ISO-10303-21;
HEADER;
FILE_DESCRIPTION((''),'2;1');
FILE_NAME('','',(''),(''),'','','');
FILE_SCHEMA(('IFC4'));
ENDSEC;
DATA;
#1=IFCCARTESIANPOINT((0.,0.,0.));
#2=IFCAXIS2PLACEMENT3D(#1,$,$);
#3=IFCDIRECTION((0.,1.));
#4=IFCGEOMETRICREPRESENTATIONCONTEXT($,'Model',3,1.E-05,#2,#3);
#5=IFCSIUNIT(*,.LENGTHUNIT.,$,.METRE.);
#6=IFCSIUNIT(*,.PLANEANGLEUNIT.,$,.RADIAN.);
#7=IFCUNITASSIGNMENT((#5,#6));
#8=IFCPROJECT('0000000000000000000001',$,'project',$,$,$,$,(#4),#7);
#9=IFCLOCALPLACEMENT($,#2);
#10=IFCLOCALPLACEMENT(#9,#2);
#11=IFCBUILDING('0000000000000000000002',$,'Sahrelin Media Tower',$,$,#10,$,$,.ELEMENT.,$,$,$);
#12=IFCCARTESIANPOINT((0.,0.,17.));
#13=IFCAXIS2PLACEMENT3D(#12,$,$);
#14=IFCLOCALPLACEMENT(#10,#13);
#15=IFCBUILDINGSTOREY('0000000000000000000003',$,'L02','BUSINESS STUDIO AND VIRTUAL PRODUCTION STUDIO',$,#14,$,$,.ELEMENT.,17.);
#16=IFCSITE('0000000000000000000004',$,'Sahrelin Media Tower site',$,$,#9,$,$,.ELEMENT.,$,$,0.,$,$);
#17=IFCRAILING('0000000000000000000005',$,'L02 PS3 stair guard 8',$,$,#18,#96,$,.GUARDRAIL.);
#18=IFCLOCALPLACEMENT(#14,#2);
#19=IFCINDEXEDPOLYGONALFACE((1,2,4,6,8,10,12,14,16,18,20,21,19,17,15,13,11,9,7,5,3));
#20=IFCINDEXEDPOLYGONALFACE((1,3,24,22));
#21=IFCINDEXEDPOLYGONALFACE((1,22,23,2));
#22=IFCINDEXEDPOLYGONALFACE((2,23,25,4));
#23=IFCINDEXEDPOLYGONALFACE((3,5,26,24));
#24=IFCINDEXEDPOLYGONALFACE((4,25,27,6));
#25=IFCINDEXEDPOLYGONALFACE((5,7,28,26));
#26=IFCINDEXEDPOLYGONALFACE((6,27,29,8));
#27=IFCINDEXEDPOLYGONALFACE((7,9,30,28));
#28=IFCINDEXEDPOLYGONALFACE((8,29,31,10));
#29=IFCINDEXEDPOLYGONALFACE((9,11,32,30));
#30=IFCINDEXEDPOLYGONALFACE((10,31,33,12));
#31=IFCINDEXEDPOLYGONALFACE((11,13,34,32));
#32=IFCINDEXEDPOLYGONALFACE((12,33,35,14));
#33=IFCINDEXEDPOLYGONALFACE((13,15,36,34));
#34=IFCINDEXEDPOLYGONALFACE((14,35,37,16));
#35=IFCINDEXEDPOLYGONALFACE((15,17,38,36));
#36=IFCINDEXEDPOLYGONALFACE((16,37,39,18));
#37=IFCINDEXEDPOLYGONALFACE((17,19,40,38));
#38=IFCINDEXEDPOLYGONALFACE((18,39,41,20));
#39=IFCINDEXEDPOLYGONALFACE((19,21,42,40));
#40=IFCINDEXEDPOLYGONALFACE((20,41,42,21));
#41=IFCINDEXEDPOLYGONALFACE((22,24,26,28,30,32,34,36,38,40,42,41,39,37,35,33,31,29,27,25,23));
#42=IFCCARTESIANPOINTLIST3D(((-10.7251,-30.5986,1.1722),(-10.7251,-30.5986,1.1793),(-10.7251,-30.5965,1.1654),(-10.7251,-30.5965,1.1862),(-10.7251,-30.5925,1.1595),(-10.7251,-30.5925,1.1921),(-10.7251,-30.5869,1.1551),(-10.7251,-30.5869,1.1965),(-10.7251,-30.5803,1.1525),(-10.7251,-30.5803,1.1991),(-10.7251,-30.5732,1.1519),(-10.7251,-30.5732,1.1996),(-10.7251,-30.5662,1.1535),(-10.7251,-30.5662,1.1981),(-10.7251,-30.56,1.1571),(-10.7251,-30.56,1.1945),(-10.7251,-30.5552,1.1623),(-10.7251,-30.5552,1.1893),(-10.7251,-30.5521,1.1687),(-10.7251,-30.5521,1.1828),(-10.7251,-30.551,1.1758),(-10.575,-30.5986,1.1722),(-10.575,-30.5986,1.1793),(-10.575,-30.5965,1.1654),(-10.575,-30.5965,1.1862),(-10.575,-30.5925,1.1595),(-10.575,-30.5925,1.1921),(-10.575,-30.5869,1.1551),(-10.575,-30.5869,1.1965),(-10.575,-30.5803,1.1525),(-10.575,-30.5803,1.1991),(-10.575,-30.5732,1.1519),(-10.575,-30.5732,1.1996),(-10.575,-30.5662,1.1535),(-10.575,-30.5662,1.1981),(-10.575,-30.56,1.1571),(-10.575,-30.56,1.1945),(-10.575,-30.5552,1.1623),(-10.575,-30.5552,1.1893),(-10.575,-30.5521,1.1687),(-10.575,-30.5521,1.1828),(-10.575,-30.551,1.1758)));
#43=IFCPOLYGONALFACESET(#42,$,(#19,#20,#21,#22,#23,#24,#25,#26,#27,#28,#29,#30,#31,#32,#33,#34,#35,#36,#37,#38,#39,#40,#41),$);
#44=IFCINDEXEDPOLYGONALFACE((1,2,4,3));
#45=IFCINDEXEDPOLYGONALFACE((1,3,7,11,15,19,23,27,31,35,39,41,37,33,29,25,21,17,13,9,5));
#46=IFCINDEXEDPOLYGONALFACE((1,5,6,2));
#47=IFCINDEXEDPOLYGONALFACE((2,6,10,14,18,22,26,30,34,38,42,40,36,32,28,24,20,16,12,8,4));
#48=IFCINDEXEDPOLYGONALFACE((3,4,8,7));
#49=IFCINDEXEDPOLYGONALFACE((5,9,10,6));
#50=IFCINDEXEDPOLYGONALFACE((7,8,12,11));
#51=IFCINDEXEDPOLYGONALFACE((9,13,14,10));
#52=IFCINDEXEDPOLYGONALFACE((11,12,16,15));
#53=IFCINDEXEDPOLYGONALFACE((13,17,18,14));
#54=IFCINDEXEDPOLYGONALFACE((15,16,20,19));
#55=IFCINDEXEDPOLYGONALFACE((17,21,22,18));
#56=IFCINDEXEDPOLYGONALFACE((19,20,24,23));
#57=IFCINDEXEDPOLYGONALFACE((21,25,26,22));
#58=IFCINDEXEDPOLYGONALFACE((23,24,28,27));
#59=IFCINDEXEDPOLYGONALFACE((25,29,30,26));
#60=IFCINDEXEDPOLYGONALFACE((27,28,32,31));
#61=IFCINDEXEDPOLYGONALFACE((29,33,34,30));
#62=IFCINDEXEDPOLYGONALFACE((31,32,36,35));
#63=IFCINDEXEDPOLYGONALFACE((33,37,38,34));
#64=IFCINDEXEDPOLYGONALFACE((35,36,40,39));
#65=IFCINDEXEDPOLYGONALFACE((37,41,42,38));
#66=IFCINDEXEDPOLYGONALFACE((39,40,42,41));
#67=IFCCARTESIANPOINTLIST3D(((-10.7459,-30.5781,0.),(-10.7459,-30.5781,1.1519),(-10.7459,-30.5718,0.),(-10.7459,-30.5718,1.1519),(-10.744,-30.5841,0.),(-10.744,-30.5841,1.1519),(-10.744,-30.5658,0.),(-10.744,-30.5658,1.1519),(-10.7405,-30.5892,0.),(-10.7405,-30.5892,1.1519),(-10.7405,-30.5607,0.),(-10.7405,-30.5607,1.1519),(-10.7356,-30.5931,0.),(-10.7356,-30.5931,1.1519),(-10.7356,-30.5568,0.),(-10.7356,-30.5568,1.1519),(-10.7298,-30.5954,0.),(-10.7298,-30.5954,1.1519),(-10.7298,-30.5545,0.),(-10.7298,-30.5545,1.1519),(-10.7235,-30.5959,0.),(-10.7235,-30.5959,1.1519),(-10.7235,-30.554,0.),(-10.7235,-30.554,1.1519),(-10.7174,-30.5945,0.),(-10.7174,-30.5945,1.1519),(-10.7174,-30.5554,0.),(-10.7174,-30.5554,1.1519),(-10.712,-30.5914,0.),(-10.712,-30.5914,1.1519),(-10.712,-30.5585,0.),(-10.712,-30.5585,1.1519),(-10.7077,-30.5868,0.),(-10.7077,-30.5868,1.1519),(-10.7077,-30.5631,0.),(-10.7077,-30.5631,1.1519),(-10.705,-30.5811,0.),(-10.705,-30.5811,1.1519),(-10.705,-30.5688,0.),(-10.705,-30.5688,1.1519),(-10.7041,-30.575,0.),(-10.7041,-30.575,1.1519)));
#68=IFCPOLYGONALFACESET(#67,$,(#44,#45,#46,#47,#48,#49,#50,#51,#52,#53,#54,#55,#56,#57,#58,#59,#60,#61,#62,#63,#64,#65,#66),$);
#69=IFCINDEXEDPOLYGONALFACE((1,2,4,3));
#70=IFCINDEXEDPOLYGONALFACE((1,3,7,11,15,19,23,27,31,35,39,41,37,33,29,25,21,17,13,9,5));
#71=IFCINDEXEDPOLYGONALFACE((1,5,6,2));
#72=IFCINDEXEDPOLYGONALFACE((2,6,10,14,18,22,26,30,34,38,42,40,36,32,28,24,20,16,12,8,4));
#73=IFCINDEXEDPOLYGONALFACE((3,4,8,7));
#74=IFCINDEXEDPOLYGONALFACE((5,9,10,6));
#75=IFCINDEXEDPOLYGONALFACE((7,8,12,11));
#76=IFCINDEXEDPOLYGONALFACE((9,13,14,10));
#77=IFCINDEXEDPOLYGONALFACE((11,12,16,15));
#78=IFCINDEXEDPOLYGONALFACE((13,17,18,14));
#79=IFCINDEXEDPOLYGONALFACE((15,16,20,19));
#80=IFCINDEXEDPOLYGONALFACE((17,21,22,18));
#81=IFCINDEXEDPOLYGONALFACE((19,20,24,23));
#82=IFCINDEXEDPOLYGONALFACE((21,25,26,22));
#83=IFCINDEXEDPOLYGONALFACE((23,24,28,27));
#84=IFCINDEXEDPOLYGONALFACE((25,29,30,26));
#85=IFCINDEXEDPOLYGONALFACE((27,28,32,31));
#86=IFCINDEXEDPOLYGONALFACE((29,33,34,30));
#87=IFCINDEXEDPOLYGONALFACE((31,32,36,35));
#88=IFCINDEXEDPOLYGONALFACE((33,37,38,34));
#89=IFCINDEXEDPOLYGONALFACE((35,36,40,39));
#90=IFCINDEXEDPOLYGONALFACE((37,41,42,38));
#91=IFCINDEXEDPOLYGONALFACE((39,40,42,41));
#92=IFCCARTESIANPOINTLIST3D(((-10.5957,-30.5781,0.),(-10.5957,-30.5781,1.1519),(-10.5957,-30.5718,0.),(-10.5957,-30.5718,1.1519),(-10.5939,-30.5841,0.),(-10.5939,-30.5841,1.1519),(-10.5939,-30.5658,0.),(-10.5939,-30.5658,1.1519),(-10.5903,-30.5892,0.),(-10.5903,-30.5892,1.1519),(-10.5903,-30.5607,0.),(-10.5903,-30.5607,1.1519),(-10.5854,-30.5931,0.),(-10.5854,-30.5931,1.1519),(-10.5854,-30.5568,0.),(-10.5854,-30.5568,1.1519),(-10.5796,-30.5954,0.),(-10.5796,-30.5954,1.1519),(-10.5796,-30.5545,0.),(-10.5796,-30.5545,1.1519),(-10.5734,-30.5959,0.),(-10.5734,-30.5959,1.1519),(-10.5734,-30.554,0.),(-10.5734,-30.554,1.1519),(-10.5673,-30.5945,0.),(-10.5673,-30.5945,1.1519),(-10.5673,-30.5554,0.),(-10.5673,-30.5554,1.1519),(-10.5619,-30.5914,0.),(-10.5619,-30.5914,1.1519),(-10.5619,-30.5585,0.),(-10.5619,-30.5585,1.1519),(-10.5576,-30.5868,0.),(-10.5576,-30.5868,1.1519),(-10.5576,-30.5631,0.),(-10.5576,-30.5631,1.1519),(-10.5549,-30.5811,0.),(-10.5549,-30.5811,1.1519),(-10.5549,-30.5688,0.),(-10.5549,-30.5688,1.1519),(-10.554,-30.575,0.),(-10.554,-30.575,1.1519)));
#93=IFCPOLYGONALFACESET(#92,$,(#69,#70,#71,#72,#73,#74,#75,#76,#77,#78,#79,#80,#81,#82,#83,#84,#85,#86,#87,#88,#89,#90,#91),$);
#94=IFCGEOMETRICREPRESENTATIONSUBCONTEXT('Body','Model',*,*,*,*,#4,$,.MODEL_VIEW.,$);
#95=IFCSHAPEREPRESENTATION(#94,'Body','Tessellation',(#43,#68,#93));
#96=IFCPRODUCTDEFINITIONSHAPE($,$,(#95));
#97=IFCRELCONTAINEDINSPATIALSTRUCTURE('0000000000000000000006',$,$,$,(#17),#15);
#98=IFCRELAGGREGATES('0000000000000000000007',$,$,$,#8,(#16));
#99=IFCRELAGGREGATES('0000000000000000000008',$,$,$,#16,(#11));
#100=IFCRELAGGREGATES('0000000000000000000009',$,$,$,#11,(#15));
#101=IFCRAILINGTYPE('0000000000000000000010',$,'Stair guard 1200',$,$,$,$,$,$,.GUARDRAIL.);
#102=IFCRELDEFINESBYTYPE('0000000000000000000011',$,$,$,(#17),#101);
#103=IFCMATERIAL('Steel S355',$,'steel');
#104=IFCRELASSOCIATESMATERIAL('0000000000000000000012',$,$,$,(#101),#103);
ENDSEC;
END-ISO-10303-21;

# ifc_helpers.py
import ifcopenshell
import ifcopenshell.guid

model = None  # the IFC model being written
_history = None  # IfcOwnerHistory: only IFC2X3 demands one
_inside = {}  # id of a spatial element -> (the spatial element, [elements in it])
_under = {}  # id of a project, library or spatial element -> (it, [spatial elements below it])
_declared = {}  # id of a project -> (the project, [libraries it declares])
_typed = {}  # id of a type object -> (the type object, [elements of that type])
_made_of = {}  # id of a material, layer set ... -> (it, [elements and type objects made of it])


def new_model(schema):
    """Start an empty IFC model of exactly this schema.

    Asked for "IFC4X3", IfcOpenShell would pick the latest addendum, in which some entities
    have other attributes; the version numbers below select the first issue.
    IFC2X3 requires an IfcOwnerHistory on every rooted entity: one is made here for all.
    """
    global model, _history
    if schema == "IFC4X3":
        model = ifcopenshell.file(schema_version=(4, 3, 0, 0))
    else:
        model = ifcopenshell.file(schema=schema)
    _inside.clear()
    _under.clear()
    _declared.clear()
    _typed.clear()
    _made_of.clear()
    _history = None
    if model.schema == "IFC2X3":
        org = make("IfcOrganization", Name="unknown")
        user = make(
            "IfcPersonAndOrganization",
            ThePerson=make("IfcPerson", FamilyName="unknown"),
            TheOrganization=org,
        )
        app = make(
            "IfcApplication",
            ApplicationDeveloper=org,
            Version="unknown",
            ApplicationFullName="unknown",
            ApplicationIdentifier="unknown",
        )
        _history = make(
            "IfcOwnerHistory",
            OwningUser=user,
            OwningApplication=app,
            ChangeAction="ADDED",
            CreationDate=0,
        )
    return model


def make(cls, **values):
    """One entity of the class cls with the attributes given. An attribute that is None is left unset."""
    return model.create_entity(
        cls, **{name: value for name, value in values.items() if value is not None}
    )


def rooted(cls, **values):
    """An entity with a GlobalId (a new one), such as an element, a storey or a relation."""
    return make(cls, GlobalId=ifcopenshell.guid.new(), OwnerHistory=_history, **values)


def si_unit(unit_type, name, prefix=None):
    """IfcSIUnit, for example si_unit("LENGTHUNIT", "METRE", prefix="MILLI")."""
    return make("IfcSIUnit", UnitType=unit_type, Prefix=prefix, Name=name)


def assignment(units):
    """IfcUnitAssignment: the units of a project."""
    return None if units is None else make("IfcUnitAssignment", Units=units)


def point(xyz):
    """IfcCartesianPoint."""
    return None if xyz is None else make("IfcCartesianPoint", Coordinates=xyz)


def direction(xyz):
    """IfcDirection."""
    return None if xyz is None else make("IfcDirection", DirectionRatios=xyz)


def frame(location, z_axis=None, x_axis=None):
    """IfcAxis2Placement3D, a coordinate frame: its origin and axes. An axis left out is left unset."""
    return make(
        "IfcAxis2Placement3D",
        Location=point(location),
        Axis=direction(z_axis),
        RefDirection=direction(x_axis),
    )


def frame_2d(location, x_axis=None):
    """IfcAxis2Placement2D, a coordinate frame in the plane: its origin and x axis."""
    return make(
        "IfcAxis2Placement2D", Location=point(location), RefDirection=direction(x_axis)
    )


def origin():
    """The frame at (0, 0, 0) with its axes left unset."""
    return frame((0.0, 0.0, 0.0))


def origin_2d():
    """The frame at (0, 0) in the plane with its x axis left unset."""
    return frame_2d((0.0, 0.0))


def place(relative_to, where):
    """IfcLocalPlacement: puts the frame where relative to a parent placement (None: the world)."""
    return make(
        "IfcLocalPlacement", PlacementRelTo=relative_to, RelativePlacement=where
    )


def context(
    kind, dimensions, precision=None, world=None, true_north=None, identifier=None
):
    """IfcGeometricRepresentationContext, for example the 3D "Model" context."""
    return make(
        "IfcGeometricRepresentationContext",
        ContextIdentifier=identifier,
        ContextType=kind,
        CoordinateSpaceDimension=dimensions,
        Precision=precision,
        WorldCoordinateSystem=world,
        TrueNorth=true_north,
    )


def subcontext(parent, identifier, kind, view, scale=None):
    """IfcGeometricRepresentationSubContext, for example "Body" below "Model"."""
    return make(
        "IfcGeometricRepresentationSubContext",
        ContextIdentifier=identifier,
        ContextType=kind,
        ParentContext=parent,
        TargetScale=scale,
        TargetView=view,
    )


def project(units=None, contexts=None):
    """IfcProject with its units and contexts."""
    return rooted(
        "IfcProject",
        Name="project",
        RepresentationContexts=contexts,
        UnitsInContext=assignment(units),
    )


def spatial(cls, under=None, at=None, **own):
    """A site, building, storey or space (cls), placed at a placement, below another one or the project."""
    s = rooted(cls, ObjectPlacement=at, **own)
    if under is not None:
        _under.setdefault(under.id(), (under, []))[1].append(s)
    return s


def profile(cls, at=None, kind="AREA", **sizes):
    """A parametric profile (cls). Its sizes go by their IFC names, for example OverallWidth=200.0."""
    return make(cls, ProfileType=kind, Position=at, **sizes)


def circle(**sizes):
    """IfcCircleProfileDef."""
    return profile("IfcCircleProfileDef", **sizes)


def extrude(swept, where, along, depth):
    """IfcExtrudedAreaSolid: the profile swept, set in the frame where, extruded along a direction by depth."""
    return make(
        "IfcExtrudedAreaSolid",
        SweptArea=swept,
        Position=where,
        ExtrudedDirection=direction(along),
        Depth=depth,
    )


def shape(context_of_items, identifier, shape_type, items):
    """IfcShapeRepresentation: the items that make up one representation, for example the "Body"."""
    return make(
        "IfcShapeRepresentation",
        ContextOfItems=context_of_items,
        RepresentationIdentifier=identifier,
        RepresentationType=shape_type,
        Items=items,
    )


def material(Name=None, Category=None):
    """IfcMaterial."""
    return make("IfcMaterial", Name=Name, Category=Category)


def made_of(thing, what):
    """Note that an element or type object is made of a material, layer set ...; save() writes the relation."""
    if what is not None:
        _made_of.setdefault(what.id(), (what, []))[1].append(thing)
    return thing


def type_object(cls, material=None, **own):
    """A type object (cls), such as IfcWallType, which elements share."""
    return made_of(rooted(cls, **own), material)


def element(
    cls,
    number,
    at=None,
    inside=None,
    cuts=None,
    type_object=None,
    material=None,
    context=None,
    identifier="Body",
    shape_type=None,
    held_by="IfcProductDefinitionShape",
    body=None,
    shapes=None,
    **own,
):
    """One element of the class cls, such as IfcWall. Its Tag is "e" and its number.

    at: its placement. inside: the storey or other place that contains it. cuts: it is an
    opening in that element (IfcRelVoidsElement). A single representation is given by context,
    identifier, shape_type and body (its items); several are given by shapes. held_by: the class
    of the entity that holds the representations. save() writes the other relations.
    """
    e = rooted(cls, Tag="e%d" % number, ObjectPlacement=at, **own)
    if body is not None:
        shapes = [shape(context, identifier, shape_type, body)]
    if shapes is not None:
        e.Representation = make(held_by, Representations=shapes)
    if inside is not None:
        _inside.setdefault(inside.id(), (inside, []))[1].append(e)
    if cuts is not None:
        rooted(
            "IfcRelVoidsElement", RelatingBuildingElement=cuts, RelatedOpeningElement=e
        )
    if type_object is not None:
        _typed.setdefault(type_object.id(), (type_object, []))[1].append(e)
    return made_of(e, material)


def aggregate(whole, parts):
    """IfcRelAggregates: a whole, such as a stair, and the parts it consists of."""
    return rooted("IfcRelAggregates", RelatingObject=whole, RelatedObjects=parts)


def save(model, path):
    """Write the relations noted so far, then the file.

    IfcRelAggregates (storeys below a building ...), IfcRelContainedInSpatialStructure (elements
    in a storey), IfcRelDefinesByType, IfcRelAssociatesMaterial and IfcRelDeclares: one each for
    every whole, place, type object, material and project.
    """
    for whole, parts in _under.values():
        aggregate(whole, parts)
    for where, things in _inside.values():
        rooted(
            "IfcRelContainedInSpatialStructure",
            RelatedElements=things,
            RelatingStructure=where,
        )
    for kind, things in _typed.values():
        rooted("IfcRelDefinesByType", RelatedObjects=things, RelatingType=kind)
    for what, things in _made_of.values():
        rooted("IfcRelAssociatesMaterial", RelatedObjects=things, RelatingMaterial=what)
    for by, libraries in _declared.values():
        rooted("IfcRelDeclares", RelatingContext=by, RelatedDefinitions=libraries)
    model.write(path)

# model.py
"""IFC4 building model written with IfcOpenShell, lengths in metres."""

from ifc_helpers import new_model, si_unit, direction, frame, origin, origin_2d, place, context, subcontext, project, spatial, circle, extrude, material, type_object, element, save


model = new_model("IFC4")

# Units and contexts
model_context = context("Model", 3, precision=1e-05, world=origin(), true_north=direction((0.0, 1.0)))
body_context = subcontext(model_context, "Body", "Model", "MODEL_VIEW")
ifc_project = project(units=[si_unit("LENGTHUNIT", "METRE"), si_unit("PLANEANGLEUNIT", "RADIAN")], contexts=[model_context])

# Site, building, storey
site_placement = place(None, origin())
site = spatial("IfcSite", under=ifc_project, at=site_placement, Name="Sahrelin Media Tower site", CompositionType="ELEMENT", RefElevation=0.0)
building_placement = place(site_placement, origin())
building = spatial("IfcBuilding", under=site, at=building_placement, Name="Sahrelin Media Tower", CompositionType="ELEMENT")
storey_placement = place(building_placement, frame((0.0, 0.0, 17.0)))
storey = spatial("IfcBuildingStorey", under=building, at=storey_placement, Name="L02", Description="BUSINESS STUDIO AND VIRTUAL PRODUCTION STUDIO", CompositionType="ELEMENT", Elevation=17.0)

# Shared definitions
ifc_material_1 = material(Name="Steel S355", Category="steel")

# Railing
railing_type_1 = type_object("IfcRailingType", Name="Stair guard 1200", PredefinedType="GUARDRAIL", material=ifc_material_1)
railing_1_placement = place(storey_placement, frame((-10.7251, -30.575, 0.0)))
element("IfcRailing", 1, at=railing_1_placement, inside=storey, type_object=railing_type_1, Name="L02 PS3 stair guard 8", PredefinedType="GUARDRAIL", context=body_context, shape_type="SweptSolid", body=[
    extrude(circle(Radius=0.0239, at=origin_2d()), frame((0.0, 0.0, 1.1758), z_axis=(1.0, 0.0, 0.0), x_axis=(0.0, 1.0, 0.0)), (0.0, 0.0, 1.0), 0.1501),
    extrude(circle(Radius=0.021, at=origin_2d()), origin(), (0.0, 0.0, 1.0), 1.1519),
    extrude(circle(Radius=0.021, at=origin_2d()), frame((0.1501, 0.0, 0.0)), (0.0, 0.0, 1.0), 1.1519),
])

save(model, "model.ifc")
